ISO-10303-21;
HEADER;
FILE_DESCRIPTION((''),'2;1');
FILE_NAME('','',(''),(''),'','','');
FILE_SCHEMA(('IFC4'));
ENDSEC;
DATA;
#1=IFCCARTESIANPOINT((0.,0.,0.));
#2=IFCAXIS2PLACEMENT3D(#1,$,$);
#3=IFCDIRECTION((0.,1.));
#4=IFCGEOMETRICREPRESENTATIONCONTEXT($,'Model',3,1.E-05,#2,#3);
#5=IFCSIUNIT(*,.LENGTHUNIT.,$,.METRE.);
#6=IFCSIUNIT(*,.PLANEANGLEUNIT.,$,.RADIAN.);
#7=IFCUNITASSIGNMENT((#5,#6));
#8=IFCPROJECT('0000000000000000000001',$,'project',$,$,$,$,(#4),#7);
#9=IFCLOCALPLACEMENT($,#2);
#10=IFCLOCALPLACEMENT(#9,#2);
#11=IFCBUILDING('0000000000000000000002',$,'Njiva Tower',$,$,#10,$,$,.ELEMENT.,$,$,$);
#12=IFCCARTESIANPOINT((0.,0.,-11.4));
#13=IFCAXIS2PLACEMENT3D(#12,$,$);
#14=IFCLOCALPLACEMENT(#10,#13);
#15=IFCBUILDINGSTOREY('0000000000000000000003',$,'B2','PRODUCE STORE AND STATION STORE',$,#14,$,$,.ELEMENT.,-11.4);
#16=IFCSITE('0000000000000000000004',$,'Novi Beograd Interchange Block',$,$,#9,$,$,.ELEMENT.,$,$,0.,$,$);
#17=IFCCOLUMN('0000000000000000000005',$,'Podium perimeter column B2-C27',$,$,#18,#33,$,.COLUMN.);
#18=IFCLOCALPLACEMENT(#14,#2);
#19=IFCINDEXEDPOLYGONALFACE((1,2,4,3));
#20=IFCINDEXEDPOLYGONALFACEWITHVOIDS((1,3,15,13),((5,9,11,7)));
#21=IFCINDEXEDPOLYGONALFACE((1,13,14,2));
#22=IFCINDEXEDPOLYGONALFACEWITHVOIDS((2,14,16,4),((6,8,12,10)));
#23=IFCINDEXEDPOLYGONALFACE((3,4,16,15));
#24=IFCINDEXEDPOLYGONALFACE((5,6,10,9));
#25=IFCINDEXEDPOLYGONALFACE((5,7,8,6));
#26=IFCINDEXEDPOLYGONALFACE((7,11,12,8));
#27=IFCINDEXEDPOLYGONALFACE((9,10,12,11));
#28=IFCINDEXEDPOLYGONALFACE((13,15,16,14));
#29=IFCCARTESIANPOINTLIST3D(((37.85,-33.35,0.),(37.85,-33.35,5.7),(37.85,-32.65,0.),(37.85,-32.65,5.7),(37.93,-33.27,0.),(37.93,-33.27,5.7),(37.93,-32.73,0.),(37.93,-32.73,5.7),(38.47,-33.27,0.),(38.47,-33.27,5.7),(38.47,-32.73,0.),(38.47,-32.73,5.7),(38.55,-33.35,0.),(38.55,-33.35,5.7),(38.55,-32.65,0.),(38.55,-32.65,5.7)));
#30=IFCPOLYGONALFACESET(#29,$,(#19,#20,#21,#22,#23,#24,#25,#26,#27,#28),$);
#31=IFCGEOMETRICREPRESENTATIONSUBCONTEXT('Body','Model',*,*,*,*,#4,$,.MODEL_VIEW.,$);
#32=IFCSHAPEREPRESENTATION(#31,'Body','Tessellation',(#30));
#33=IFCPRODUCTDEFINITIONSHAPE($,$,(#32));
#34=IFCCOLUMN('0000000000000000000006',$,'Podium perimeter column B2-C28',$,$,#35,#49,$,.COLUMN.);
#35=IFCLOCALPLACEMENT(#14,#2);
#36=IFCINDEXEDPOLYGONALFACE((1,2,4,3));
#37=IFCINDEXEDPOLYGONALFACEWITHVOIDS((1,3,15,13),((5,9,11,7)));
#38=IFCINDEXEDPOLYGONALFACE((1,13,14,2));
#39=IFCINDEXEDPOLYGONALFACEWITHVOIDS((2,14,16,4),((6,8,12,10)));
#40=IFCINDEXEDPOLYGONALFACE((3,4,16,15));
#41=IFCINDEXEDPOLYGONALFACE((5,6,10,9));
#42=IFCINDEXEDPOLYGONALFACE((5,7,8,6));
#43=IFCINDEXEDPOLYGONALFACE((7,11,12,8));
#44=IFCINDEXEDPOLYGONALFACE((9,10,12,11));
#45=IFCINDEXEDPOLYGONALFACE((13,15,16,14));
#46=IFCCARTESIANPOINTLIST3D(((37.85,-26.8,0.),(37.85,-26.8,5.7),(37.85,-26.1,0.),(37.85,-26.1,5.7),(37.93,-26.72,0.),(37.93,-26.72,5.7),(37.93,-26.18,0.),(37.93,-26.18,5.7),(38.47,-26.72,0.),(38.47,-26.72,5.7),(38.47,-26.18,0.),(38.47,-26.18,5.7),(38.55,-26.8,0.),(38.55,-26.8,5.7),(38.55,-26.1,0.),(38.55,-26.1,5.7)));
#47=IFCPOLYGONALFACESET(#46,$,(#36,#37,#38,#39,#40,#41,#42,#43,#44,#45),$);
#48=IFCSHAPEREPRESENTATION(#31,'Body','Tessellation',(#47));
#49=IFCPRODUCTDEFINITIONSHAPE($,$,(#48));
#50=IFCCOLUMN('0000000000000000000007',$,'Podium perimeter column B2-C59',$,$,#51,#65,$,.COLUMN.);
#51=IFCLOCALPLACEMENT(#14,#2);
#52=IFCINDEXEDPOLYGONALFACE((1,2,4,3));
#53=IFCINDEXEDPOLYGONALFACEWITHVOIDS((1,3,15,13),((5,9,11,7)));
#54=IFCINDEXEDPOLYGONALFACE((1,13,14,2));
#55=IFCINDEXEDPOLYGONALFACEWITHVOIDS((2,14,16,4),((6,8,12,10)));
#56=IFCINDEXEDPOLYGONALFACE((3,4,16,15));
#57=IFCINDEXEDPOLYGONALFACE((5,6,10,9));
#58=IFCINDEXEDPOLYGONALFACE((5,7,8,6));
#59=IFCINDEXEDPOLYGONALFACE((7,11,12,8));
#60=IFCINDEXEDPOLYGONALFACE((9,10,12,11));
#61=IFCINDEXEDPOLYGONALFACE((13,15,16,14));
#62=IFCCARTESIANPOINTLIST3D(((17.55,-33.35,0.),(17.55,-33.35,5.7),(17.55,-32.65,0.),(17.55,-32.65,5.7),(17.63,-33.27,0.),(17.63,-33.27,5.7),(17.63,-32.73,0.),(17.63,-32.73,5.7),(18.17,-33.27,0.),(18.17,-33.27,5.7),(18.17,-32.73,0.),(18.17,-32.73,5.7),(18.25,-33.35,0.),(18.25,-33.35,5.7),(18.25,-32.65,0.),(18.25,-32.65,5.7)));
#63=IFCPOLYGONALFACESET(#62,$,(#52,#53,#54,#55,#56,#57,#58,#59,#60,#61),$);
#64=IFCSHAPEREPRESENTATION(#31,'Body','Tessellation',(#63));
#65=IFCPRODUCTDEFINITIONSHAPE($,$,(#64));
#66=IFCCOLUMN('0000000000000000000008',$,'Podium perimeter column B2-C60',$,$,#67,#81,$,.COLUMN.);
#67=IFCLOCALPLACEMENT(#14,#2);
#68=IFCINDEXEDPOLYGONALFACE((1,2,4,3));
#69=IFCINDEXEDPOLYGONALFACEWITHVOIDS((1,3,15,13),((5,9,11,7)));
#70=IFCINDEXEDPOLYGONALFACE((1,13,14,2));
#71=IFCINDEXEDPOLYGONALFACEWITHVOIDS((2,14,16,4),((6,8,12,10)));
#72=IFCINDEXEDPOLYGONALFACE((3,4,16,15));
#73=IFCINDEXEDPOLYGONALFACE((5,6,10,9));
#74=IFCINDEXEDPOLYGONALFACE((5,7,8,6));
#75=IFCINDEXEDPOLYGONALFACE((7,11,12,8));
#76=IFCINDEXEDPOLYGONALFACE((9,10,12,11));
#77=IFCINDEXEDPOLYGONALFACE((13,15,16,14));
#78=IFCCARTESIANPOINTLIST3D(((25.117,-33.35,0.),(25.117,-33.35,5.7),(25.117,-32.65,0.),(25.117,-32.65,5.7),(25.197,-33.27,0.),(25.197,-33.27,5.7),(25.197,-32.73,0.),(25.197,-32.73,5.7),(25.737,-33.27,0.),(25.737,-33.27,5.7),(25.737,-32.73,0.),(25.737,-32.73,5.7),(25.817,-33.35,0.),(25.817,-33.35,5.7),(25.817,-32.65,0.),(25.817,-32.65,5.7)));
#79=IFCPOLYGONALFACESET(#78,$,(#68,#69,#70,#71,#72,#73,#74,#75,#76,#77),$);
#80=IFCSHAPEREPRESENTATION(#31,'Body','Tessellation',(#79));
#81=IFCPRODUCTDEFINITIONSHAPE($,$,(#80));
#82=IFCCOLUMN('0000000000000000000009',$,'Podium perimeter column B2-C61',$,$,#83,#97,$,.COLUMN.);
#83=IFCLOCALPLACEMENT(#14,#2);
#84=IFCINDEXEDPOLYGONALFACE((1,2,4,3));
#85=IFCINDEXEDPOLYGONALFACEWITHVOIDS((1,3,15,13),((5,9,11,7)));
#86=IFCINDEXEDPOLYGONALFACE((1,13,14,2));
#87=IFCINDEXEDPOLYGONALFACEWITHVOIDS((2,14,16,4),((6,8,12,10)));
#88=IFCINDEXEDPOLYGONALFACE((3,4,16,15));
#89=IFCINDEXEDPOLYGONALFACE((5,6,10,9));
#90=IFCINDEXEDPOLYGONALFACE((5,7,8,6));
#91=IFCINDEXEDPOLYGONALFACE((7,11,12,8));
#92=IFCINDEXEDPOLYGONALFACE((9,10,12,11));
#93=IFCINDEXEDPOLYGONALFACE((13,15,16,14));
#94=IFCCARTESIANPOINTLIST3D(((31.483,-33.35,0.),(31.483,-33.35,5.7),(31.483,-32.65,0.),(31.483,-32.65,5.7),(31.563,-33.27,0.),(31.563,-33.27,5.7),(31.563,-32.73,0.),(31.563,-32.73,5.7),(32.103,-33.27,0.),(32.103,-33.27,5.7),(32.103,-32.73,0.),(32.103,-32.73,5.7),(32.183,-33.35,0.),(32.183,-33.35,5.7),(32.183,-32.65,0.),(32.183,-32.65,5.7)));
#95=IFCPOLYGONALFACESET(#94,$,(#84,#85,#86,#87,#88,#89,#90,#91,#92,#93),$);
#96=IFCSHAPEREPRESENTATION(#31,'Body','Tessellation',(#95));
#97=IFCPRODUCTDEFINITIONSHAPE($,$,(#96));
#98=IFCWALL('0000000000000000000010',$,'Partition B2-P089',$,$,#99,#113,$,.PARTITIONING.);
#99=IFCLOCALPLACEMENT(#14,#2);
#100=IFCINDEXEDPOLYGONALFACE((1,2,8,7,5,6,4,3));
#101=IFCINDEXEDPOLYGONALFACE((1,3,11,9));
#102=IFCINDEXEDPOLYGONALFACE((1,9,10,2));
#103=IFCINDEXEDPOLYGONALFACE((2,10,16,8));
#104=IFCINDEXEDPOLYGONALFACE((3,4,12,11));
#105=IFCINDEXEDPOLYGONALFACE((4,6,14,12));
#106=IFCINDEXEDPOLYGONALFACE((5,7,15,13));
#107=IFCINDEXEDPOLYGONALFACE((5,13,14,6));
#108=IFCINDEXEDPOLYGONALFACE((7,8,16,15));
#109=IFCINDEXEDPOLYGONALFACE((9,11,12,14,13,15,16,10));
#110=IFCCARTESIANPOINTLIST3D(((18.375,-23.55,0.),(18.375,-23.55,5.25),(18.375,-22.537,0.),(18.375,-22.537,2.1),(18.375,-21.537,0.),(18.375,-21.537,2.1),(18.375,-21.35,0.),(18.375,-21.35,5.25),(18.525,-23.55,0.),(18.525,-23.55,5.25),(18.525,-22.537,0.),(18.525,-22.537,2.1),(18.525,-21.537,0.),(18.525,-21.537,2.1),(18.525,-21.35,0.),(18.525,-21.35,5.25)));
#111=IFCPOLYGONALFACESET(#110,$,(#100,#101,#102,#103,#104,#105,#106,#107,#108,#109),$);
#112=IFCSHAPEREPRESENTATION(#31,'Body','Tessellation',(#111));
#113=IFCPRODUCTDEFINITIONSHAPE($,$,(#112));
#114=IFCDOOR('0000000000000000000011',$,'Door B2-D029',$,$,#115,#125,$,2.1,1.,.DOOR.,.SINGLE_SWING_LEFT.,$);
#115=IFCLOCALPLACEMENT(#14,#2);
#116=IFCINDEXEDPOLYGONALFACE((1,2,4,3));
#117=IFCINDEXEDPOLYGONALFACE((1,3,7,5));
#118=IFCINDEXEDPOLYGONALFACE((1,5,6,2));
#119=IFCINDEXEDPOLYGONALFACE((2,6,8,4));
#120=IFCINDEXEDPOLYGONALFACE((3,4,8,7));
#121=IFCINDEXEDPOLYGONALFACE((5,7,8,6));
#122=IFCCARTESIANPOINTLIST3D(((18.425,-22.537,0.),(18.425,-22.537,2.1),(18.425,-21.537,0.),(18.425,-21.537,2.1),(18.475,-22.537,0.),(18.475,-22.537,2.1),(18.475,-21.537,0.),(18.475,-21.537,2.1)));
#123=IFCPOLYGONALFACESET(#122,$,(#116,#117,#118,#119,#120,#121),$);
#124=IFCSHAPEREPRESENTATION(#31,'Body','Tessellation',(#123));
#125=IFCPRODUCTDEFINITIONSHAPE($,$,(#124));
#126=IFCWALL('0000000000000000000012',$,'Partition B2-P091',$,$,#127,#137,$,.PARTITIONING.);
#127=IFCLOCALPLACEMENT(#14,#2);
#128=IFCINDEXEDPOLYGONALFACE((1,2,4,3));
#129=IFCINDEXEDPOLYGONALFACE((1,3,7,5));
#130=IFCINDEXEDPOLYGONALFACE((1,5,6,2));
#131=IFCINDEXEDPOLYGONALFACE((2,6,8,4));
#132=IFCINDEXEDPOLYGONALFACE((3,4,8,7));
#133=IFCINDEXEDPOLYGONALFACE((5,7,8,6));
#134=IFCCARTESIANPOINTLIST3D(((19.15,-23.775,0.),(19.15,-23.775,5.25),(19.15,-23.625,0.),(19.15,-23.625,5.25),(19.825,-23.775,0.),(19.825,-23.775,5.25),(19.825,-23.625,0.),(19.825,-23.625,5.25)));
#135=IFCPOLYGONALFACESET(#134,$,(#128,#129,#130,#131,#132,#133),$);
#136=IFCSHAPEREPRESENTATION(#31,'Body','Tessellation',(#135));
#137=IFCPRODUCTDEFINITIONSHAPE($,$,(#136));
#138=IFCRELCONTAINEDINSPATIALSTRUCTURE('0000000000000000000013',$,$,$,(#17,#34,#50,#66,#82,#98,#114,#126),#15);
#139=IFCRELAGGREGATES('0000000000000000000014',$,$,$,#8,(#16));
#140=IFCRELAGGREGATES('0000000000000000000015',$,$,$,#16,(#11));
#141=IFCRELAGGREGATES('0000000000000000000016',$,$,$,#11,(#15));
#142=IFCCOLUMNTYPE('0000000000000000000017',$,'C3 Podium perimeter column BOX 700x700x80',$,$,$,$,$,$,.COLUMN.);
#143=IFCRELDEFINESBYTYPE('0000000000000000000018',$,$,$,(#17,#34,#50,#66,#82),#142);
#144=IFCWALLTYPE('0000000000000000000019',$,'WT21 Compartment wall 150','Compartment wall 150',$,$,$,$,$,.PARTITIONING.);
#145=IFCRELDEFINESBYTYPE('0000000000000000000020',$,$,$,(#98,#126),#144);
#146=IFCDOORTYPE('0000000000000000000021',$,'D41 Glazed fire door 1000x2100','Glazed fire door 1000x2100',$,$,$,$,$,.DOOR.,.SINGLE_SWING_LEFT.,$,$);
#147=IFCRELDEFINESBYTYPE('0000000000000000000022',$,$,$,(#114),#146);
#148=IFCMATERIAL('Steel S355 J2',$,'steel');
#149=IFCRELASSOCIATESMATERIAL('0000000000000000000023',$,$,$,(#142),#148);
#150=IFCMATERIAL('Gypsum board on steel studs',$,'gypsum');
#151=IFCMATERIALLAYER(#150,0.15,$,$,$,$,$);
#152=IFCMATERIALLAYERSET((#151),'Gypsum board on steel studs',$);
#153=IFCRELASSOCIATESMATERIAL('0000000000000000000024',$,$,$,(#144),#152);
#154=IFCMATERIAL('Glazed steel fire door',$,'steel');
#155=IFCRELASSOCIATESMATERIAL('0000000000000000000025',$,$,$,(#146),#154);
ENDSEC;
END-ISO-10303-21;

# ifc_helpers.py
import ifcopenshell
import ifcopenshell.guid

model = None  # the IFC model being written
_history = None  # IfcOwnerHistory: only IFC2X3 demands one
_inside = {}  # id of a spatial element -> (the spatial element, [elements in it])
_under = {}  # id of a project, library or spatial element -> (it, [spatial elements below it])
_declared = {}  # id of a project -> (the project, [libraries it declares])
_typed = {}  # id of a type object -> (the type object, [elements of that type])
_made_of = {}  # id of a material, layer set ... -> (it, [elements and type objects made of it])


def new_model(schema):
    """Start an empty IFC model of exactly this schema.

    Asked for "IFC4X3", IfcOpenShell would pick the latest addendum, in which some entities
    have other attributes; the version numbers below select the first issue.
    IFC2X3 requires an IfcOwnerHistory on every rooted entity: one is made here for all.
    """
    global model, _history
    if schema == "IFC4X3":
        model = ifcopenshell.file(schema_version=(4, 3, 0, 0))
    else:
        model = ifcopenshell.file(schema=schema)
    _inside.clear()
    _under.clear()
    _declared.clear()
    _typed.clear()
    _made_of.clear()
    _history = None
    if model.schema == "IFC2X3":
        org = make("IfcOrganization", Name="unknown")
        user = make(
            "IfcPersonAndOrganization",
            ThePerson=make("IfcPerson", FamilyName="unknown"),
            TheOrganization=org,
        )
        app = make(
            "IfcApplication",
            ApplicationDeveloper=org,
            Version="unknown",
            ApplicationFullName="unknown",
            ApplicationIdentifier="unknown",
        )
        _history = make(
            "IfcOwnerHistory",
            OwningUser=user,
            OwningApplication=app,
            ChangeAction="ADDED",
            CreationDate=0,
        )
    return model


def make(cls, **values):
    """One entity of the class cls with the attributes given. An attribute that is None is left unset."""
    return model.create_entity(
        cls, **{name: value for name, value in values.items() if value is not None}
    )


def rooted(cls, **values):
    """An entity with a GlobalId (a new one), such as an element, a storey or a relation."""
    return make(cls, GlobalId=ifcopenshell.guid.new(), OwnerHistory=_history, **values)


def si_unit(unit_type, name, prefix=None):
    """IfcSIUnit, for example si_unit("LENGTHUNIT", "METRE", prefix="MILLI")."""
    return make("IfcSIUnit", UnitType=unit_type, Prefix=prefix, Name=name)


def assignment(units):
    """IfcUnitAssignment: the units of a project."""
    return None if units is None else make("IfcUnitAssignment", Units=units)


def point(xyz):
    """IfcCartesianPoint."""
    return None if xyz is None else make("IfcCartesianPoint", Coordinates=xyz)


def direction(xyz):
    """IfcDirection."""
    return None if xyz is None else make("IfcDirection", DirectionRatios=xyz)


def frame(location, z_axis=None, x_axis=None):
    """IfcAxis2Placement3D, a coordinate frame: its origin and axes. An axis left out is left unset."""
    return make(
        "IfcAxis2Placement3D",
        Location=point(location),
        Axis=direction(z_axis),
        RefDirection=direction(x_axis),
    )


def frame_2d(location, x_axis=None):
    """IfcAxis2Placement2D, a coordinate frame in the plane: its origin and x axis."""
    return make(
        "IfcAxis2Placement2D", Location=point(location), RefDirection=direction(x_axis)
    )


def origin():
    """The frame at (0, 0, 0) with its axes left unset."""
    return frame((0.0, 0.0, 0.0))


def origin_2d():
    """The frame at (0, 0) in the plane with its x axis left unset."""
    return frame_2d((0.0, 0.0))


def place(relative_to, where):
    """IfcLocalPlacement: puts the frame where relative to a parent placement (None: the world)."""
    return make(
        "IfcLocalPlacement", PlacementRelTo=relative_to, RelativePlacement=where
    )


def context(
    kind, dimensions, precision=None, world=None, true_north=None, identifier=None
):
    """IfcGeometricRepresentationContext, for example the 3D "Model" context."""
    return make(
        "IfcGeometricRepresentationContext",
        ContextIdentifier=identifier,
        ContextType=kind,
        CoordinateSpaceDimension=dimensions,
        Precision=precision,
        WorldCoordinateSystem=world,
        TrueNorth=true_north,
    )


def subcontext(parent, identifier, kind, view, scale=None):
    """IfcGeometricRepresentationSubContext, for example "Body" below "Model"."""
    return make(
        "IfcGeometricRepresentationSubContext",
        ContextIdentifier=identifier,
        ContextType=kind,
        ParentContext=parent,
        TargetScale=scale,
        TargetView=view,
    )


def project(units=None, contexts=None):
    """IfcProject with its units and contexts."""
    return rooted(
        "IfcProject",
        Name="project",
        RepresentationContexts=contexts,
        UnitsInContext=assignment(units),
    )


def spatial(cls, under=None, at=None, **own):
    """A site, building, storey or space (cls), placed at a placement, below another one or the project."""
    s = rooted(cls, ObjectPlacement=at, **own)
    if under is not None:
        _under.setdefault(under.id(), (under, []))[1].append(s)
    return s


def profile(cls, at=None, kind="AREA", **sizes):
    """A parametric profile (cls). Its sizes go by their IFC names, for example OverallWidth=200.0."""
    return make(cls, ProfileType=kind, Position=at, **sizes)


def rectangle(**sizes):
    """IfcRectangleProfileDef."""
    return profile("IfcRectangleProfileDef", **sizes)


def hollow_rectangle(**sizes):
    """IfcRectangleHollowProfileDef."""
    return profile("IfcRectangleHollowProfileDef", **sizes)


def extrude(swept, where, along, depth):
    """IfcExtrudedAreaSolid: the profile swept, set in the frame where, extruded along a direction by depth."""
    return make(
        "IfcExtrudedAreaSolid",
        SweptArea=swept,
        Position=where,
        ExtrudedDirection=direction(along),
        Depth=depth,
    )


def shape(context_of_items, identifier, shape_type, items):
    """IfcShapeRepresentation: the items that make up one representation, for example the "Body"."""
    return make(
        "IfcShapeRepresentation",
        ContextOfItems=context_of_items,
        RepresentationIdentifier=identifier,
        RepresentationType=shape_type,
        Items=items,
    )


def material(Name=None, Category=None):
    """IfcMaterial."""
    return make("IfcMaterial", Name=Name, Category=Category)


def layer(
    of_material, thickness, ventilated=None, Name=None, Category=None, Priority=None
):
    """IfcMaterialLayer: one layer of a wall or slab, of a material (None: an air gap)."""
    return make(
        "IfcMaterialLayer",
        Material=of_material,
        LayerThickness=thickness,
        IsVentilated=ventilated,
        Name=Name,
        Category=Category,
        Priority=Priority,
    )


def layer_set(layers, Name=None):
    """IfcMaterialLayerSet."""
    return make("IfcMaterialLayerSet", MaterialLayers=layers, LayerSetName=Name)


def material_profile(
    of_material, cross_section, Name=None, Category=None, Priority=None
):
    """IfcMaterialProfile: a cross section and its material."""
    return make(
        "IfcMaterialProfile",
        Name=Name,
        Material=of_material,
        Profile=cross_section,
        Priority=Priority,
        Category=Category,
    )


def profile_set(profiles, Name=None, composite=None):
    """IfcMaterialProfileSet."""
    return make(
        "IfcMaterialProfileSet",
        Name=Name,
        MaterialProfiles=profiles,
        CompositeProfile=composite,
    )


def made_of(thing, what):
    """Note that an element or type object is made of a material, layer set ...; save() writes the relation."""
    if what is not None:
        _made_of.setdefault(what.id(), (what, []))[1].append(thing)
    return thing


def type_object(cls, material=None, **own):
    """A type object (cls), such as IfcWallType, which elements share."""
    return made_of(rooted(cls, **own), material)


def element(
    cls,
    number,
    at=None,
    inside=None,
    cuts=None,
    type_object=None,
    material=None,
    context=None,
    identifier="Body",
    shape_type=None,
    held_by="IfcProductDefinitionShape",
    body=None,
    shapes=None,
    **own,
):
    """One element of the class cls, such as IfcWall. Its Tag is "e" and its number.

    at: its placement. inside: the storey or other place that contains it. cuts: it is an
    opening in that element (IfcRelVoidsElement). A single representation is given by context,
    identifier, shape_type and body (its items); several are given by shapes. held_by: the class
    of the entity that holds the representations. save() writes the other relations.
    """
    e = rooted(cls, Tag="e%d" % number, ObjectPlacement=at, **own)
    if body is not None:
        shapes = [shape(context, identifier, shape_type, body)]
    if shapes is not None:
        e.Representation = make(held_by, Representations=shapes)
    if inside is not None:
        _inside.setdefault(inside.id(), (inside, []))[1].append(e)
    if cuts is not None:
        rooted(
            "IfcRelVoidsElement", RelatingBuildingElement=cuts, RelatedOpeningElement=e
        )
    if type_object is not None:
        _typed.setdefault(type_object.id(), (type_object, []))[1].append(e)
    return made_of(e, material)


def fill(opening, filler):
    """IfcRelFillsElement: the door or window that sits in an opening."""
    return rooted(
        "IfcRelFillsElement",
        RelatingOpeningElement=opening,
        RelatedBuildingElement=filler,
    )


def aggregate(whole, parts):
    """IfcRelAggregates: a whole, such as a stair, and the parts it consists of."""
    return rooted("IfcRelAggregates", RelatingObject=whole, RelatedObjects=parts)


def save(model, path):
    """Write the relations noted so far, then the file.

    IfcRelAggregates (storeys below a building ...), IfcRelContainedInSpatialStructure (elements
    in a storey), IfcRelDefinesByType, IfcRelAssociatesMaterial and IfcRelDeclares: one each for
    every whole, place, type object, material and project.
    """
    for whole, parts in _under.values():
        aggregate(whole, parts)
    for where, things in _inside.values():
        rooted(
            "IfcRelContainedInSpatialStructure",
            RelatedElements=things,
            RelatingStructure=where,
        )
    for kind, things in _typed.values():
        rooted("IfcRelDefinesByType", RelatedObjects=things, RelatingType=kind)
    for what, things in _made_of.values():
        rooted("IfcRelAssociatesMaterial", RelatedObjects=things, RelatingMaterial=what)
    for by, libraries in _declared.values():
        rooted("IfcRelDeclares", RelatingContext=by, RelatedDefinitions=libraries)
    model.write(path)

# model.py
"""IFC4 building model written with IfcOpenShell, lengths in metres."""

from ifc_helpers import new_model, si_unit, direction, frame, frame_2d, origin, origin_2d, place, context, subcontext, project, spatial, rectangle, hollow_rectangle, extrude, material, layer, layer_set, material_profile, profile_set, type_object, element, fill, save


model = new_model("IFC4")

# Units and contexts
model_context = context("Model", 3, precision=1e-05, world=origin(), true_north=direction((0.0, 1.0)))
body_context = subcontext(model_context, "Body", "Model", "MODEL_VIEW")
ifc_project = project(units=[si_unit("LENGTHUNIT", "METRE"), si_unit("PLANEANGLEUNIT", "RADIAN")], contexts=[model_context])

# Site, building, storey
site_placement = place(None, origin())
site = spatial("IfcSite", under=ifc_project, at=site_placement, Name="Novi Beograd Interchange Block", CompositionType="ELEMENT", RefElevation=0.0)
building_placement = place(site_placement, origin())
building = spatial("IfcBuilding", under=site, at=building_placement, Name="Njiva Tower", CompositionType="ELEMENT")
storey_placement = place(building_placement, frame((0.0, 0.0, -11.4)))
storey = spatial("IfcBuildingStorey", under=building, at=storey_placement, Name="B2", Description="PRODUCE STORE AND STATION STORE", CompositionType="ELEMENT", Elevation=-11.4)

# Columns
ifc_material_1 = material(Name="Steel S355 J2", Category="steel")
ifc_material_profile = material_profile(ifc_material_1, hollow_rectangle(XDim=0.7, YDim=0.7, WallThickness=0.08, at=origin_2d()), Name="BOX 700x700x80")
ifc_profile_set = profile_set([ifc_material_profile], Name="Steel S355 J2")
column_type = type_object("IfcColumnType", Name="C3 Podium perimeter column BOX 700x700x80", PredefinedType="COLUMN", material=ifc_profile_set)
for number, where, z_axis, x_axis, name in (
    (1, (38.2, -33.0, 0.0), (0.0, 0.0, 1.0), (0.0, 1.0, 0.0), "Podium perimeter column B2-C27"),
    (2, (38.2, -26.45, 0.0), (0.0, 0.0, 1.0), (0.0, 1.0, 0.0), "Podium perimeter column B2-C28"),
    (3, (17.9, -33.0, 0.0), (0.0, 0.0, 1.0), (1.0, 0.0, 0.0), "Podium perimeter column B2-C59"),
    (4, (25.467, -33.0, 0.0), (0.0, 0.0, 1.0), (1.0, 0.0, 0.0), "Podium perimeter column B2-C60"),
    (5, (31.833, -33.0, 0.0), (0.0, 0.0, 1.0), (1.0, 0.0, 0.0), "Podium perimeter column B2-C61"),
):
    element("IfcColumn", number, at=place(storey_placement, frame(where, z_axis=z_axis, x_axis=x_axis)), inside=storey, type_object=column_type, Name=name, PredefinedType="COLUMN", context=body_context, shape_type="SweptSolid", body=[
        extrude(hollow_rectangle(XDim=0.7, YDim=0.7, WallThickness=0.08, at=origin_2d()), origin(), (0.0, 0.0, 1.0), 5.7),
    ])

# Wall, opening, door
ifc_material_2 = material(Name="Gypsum board on steel studs", Category="gypsum")
ifc_layer_1 = layer(ifc_material_2, 0.15)
ifc_layer_set_1 = layer_set([ifc_layer_1], Name="Gypsum board on steel studs")
wall_type_1 = type_object("IfcWallType", Name="WT21 Compartment wall 150", Description="Compartment wall 150", PredefinedType="PARTITIONING", material=ifc_layer_set_1)
wall_1_placement = place(storey_placement, frame((18.45, -23.55, 0.0), z_axis=(0.0, 0.0, 1.0), x_axis=(0.0, 1.0, 0.0)))
wall_1 = element("IfcWall", 6, at=wall_1_placement, inside=storey, type_object=wall_type_1, Name="Partition B2-P089", PredefinedType="PARTITIONING", context=body_context, shape_type="SweptSolid", body=[
    extrude(rectangle(XDim=2.2, YDim=0.15, at=frame_2d((1.1, 0.0))), origin(), (0.0, 0.0, 1.0), 5.25),
])
opening_1_placement = place(wall_1_placement, frame((1.013, 0.0, 0.0)))
opening_1 = element("IfcOpeningElement", 7, at=opening_1_placement, cuts=wall_1, PredefinedType="OPENING", context=body_context, shape_type="SweptSolid", body=[
    extrude(rectangle(XDim=1.0, YDim=2.1, at=frame_2d((0.5, 1.05))), frame((0.0, 0.085, 0.0), z_axis=(0.0, -1.0, 0.0), x_axis=(1.0, 0.0, 0.0)), (0.0, 0.0, 1.0), 0.17),
])
ifc_material_3 = material(Name="Glazed steel fire door", Category="steel")
door_type_1 = type_object("IfcDoorType", Name="D41 Glazed fire door 1000x2100", Description="Glazed fire door 1000x2100", OperationType="SINGLE_SWING_LEFT", PredefinedType="DOOR", material=ifc_material_3)
door_1_placement = place(opening_1_placement, origin())
door_1 = element("IfcDoor", 8, at=door_1_placement, inside=storey, type_object=door_type_1, Name="Door B2-D029", OperationType="SINGLE_SWING_LEFT", OverallHeight=2.1, OverallWidth=1.0, PredefinedType="DOOR", context=body_context, shape_type="SweptSolid", body=[
    extrude(rectangle(XDim=1.0, YDim=2.1, at=frame_2d((0.5, 1.05))), frame((0.0, 0.025, 0.0), z_axis=(0.0, -1.0, 0.0), x_axis=(1.0, 0.0, 0.0)), (0.0, 0.0, 1.0), 0.05),
])
fill(opening_1, door_1)

# Wall
wall_2_placement = place(storey_placement, frame((19.15, -23.7, 0.0), z_axis=(0.0, 0.0, 1.0), x_axis=(1.0, 0.0, 0.0)))
element("IfcWall", 9, at=wall_2_placement, inside=storey, type_object=wall_type_1, Name="Partition B2-P091", PredefinedType="PARTITIONING", context=body_context, shape_type="SweptSolid", body=[
    extrude(rectangle(XDim=0.675, YDim=0.15, at=frame_2d((0.3375, 0.0))), origin(), (0.0, 0.0, 1.0), 5.25),
])

save(model, "model.ifc")
